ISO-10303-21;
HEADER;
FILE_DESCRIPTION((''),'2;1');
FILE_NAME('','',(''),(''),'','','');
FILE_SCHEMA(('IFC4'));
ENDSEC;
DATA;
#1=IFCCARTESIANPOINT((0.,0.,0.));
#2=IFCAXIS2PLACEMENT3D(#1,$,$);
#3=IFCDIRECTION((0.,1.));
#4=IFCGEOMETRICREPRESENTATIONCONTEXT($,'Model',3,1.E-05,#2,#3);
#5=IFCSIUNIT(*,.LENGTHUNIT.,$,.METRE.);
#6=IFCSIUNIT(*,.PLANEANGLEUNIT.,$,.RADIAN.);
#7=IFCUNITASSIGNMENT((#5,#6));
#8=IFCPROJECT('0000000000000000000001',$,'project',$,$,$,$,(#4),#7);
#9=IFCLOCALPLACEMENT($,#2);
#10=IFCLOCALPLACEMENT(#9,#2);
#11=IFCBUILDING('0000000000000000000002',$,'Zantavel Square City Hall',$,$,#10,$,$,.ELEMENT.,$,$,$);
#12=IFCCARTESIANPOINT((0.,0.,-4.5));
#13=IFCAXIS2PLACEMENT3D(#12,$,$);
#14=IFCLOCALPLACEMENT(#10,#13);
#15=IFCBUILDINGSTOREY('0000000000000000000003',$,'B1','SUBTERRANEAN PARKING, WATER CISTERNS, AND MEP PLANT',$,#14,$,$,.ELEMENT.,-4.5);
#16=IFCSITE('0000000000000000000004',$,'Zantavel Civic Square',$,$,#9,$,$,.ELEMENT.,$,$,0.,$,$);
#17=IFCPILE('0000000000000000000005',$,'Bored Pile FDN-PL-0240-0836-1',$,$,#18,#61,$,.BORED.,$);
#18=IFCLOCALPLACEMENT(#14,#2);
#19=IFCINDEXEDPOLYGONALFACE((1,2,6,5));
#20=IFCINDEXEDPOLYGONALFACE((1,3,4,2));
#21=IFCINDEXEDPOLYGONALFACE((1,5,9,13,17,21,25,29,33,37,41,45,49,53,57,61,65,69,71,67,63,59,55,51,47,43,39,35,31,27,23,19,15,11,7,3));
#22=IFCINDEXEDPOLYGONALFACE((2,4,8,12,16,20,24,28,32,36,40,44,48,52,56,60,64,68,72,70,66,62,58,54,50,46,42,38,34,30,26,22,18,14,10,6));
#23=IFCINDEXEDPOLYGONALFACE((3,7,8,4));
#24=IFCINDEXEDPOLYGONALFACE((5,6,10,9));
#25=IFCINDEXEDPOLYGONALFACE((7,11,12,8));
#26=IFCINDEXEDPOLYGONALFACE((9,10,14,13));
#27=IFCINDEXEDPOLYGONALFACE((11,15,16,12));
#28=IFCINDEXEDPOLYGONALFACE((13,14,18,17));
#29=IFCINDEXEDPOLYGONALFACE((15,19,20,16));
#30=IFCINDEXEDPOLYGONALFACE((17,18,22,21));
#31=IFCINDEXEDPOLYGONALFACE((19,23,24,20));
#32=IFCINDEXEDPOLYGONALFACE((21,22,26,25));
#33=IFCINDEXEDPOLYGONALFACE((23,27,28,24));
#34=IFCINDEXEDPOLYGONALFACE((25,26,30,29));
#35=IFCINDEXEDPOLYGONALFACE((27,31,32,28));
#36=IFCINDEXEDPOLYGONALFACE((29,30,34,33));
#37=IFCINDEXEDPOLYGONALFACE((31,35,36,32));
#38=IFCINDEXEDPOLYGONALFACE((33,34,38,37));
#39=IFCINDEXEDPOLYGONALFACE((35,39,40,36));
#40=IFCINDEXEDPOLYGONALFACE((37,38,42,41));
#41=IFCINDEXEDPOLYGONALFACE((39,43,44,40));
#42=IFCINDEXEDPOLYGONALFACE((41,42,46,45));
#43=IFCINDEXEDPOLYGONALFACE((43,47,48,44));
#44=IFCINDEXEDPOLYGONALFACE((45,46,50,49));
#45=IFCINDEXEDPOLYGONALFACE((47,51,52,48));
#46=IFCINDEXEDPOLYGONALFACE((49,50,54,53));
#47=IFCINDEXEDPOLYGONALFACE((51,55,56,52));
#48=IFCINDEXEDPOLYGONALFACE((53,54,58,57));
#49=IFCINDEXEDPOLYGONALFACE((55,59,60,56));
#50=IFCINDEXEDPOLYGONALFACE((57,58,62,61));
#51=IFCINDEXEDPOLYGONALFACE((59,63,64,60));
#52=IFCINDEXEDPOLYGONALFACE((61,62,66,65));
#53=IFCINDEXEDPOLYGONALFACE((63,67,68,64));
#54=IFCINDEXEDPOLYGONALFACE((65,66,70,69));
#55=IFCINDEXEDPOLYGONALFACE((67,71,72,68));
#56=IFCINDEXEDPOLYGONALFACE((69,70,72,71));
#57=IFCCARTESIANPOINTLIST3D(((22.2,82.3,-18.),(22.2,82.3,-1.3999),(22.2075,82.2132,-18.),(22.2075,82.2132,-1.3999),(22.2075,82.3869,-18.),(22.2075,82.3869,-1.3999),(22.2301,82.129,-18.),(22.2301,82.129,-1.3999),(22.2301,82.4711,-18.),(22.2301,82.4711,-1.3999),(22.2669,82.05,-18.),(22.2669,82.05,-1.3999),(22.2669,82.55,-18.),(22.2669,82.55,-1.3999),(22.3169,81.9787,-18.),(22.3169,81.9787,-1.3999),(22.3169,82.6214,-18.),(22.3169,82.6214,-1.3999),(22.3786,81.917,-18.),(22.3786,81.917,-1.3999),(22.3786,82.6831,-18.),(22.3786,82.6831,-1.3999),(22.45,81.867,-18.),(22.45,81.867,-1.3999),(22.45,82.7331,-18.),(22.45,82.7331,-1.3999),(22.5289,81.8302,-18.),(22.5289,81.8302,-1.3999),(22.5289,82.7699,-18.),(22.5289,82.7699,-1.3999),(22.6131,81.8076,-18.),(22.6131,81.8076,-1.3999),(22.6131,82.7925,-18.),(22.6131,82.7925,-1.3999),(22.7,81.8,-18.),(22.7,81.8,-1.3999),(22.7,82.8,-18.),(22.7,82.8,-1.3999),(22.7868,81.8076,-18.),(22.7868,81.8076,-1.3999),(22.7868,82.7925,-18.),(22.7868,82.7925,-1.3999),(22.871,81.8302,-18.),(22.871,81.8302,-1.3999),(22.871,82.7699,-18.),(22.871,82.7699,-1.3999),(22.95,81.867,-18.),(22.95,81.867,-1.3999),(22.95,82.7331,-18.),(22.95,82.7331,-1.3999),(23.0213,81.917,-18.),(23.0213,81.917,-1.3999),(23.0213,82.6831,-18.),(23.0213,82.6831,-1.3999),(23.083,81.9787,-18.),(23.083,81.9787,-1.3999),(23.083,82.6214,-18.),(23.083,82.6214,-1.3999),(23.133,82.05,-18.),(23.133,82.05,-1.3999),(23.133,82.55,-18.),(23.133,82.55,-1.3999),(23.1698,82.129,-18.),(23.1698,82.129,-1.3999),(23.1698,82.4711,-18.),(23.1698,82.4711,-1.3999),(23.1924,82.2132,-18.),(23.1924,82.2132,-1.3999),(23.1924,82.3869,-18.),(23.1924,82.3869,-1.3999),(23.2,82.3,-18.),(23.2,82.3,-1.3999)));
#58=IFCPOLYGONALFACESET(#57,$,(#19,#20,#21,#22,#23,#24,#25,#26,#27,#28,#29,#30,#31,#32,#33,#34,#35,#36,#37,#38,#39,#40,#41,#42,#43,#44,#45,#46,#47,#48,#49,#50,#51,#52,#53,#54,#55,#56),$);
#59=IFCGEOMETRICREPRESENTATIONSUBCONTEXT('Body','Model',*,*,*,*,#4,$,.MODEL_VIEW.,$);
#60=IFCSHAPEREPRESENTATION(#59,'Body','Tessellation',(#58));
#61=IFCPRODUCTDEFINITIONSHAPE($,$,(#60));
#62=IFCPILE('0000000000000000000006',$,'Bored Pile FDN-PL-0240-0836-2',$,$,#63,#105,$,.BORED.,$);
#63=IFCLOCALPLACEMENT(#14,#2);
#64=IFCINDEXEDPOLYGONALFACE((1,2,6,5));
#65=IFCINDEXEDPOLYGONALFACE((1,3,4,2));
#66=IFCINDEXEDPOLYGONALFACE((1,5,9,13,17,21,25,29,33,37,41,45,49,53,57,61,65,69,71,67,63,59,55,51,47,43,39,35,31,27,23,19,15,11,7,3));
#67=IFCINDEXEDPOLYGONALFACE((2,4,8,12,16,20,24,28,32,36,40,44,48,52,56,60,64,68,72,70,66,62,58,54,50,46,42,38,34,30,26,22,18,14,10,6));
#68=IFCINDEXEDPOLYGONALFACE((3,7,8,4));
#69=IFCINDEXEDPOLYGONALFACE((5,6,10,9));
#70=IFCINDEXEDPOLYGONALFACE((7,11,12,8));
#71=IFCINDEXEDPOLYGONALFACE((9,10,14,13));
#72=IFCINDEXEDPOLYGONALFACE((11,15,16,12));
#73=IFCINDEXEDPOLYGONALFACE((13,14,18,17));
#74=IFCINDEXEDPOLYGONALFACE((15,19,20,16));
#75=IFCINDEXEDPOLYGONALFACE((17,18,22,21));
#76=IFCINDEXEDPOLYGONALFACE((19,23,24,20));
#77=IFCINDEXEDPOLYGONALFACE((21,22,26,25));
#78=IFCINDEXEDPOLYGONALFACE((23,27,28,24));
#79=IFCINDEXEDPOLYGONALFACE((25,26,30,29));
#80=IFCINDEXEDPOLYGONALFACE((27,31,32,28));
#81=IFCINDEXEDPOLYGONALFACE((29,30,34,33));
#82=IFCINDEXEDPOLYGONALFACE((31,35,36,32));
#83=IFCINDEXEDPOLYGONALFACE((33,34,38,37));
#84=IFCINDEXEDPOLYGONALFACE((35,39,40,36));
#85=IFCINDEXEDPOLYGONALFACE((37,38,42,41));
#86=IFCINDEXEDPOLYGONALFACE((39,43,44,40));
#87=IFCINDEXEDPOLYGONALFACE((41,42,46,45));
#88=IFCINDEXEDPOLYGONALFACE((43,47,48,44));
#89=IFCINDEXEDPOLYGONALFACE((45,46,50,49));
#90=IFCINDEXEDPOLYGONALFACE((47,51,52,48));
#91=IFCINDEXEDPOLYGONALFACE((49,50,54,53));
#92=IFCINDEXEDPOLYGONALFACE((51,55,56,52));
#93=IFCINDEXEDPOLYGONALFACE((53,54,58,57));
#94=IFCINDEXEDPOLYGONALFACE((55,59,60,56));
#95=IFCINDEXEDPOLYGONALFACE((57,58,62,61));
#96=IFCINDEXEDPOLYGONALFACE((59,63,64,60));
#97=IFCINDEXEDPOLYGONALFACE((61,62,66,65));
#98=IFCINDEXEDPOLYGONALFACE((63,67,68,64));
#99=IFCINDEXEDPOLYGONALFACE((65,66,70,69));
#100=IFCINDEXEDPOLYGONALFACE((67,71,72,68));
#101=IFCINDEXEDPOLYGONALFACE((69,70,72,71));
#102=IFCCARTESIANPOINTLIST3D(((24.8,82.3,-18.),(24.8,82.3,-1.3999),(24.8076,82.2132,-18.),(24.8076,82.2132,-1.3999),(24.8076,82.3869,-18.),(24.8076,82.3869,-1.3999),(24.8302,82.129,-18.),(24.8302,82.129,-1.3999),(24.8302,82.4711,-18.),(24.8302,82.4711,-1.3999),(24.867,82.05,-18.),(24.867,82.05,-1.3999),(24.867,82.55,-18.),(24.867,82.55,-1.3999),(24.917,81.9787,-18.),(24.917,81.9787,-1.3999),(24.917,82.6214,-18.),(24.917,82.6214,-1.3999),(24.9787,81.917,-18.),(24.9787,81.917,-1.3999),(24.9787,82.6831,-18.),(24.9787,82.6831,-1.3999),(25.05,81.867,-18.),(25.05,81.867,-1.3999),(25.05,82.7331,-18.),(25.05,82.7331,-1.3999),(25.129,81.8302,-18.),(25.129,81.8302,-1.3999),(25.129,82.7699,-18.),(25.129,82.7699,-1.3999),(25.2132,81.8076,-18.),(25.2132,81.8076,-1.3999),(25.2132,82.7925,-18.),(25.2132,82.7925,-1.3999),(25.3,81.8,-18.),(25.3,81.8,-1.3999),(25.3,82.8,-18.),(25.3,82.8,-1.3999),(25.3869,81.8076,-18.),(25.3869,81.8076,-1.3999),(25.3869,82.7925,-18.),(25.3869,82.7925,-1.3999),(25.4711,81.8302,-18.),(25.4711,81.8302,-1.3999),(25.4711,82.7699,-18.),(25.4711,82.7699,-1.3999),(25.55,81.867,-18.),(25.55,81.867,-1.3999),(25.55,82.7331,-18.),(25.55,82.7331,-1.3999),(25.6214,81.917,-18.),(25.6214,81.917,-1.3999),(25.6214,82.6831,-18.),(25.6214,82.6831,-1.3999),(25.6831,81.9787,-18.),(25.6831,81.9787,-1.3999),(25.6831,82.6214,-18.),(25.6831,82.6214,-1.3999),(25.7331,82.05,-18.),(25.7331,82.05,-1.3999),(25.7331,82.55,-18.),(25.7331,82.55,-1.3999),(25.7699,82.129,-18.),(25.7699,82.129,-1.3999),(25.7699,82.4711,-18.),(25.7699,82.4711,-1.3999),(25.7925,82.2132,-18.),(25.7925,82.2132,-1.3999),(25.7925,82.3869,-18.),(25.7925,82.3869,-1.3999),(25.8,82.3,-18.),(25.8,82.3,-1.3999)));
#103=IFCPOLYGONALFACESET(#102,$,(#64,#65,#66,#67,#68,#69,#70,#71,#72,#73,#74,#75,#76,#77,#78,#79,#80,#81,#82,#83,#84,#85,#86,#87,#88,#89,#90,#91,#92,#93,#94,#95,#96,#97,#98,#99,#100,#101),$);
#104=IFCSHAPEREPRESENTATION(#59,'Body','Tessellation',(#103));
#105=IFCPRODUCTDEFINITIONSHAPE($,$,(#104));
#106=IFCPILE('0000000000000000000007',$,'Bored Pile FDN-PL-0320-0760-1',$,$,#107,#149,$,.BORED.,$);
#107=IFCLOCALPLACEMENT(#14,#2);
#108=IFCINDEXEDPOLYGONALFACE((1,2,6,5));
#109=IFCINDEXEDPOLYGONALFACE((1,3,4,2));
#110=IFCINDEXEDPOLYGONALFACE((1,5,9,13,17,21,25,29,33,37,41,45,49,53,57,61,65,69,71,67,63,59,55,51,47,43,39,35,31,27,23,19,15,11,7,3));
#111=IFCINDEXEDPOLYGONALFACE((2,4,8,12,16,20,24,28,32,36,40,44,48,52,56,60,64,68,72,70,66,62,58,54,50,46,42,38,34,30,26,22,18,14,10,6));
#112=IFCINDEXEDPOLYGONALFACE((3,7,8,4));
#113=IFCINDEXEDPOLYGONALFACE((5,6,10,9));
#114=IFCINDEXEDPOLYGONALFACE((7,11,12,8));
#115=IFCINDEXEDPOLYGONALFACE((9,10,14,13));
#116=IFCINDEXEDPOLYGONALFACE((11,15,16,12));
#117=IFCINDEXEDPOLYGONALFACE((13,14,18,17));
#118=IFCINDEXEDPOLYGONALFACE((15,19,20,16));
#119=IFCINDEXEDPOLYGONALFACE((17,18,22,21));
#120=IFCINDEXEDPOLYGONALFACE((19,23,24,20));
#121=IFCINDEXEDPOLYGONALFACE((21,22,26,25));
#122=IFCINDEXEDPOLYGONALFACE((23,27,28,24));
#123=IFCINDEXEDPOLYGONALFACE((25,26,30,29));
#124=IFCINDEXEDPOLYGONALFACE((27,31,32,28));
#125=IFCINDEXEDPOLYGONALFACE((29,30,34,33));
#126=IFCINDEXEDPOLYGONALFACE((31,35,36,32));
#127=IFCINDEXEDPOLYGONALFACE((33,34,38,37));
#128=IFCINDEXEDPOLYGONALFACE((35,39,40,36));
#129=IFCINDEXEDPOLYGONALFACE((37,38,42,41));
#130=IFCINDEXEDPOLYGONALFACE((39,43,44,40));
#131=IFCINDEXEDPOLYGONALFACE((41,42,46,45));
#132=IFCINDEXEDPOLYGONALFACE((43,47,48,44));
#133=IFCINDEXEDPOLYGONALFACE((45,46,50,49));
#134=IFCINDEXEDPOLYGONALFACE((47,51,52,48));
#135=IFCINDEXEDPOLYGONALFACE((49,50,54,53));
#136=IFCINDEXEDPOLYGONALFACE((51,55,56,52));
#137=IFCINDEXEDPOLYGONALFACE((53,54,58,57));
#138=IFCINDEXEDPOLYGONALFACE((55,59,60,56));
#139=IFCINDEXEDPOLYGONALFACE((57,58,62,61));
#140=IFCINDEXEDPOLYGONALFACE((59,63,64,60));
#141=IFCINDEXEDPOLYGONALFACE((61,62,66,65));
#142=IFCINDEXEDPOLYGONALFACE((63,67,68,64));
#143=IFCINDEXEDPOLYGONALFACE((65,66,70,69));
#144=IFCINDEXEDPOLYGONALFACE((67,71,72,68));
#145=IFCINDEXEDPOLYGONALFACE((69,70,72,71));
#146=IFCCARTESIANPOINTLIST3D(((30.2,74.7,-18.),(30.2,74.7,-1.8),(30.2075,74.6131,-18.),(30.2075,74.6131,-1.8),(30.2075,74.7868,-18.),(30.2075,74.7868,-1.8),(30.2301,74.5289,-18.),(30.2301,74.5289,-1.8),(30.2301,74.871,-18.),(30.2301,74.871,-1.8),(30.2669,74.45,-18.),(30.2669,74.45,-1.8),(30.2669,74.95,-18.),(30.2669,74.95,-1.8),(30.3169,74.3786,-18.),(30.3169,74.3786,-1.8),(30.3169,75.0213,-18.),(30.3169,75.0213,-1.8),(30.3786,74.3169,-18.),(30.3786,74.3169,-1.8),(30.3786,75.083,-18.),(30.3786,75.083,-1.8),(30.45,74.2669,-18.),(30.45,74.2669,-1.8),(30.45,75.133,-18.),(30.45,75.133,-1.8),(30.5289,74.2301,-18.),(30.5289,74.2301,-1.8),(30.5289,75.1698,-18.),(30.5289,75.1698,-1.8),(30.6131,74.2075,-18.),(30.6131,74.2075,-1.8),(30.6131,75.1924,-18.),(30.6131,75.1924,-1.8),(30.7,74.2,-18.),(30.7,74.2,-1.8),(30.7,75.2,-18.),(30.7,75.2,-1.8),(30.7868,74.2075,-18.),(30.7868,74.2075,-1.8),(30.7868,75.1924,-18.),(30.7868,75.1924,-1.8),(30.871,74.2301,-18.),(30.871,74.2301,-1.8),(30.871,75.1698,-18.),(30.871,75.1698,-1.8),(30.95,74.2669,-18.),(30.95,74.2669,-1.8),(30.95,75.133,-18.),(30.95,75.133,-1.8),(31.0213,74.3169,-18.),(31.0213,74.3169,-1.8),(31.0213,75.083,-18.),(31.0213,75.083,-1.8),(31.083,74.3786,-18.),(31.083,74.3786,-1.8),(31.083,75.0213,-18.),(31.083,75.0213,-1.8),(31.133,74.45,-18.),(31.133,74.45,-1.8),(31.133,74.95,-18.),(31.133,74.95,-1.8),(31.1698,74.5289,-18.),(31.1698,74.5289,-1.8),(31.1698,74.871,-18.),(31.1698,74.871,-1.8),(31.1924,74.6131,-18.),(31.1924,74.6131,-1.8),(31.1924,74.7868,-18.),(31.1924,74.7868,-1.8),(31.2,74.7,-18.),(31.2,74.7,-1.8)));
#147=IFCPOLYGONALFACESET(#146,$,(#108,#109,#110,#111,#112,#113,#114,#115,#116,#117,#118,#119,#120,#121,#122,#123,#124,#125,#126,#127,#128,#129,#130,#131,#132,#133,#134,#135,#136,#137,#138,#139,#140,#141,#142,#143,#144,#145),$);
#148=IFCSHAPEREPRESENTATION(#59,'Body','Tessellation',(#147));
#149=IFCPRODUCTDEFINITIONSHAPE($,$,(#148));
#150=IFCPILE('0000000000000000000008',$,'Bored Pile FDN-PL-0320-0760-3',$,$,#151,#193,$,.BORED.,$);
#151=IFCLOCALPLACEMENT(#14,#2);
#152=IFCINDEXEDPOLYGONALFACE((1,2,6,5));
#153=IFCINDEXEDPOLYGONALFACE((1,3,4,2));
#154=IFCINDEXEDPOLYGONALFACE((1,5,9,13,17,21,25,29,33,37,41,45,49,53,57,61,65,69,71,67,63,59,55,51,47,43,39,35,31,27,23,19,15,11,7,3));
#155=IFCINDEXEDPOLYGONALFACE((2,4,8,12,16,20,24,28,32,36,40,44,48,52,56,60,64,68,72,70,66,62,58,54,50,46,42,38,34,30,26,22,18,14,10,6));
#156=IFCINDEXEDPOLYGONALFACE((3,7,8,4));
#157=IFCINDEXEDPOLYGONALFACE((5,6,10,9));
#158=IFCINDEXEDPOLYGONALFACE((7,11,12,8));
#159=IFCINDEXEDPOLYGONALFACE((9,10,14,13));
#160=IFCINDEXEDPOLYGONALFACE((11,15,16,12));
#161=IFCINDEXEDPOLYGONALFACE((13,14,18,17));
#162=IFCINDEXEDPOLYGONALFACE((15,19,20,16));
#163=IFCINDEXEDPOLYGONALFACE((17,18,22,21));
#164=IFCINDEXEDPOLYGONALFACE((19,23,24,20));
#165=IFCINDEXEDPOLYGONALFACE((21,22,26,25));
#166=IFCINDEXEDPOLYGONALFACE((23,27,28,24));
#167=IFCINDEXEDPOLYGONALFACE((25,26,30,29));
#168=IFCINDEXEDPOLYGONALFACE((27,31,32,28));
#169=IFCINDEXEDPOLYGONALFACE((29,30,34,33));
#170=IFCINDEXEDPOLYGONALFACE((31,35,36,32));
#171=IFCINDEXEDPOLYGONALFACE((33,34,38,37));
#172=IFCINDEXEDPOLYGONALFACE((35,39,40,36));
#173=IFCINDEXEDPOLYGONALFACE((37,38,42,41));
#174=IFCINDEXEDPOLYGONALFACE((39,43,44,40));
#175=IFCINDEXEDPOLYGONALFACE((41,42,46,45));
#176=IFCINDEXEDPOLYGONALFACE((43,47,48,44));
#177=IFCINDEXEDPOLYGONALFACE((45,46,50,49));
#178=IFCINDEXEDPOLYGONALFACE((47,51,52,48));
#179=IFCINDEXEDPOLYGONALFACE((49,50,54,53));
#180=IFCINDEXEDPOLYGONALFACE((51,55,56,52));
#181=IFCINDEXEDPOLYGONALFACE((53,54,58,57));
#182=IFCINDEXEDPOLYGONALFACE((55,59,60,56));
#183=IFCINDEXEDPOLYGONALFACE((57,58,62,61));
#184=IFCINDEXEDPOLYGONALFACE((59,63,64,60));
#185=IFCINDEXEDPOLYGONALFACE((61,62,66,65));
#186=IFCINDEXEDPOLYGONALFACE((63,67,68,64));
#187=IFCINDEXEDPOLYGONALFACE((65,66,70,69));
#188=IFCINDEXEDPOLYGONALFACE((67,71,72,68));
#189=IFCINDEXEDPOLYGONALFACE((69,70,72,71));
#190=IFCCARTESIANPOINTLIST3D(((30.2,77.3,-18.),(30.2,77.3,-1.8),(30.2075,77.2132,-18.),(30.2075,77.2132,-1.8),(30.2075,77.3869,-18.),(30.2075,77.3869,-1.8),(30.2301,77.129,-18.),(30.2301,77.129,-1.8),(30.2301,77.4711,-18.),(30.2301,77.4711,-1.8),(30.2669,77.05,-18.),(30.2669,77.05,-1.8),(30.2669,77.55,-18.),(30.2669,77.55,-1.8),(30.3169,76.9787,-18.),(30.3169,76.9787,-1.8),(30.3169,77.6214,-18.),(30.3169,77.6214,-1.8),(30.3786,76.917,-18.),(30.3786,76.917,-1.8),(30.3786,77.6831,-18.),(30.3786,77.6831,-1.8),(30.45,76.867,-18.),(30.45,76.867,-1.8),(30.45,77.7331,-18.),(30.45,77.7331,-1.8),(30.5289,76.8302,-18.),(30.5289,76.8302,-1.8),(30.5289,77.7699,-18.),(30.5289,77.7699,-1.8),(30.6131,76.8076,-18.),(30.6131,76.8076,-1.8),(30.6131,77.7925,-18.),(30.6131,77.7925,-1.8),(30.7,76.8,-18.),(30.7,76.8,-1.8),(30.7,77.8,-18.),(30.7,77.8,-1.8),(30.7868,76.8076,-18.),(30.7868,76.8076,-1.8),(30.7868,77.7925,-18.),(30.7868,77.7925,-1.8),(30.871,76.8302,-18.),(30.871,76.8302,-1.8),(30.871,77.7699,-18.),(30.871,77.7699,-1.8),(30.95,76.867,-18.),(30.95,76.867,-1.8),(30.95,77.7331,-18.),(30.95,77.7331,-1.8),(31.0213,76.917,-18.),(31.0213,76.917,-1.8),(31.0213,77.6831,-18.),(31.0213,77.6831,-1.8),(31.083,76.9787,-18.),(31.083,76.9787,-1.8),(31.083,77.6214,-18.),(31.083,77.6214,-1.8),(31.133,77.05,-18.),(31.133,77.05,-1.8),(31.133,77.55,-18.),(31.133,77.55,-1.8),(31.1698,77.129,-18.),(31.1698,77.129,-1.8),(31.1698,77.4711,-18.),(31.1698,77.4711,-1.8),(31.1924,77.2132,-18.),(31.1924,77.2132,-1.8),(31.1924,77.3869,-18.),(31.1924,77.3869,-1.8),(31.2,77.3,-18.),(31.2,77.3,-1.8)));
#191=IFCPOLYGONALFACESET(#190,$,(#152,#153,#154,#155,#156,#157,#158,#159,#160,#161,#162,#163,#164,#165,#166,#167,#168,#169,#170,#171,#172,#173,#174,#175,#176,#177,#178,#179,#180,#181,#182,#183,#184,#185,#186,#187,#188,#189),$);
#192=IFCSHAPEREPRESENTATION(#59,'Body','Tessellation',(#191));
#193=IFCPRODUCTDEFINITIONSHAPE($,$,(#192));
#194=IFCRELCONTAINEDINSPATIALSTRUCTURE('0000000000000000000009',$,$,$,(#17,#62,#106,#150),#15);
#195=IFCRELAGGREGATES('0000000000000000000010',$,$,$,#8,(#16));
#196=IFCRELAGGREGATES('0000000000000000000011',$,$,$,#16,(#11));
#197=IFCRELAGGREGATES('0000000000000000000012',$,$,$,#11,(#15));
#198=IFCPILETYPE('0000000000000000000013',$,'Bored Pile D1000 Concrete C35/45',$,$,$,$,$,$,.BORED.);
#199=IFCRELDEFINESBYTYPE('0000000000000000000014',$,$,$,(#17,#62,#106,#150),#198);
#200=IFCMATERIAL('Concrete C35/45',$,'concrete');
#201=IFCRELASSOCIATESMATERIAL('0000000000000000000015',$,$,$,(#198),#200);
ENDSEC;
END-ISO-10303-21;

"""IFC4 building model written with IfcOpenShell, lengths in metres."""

from ifc_helpers import new_model, si_unit, direction, frame, origin, origin_2d, place, context, subcontext, project, spatial, circle, extrude, material, material_profile, profile_set, type_object, element, save


model = new_model("IFC4")

# Units and contexts
model_context = context("Model", 3, precision=1e-05, world=origin(), true_north=direction((0.0, 1.0)))
body_context = subcontext(model_context, "Body", "Model", "MODEL_VIEW")
ifc_project = project(units=[si_unit("LENGTHUNIT", "METRE"), si_unit("PLANEANGLEUNIT", "RADIAN")], contexts=[model_context])

# Site, building, storey
site_placement = place(None, origin())
site = spatial("IfcSite", under=ifc_project, at=site_placement, Name="Zantavel Civic Square", CompositionType="ELEMENT", RefElevation=0.0)
building_placement = place(site_placement, origin())
building = spatial("IfcBuilding", under=site, at=building_placement, Name="Zantavel Square City Hall", CompositionType="ELEMENT")
storey_placement = place(building_placement, frame((0.0, 0.0, -4.5)))
storey = spatial("IfcBuildingStorey", under=building, at=storey_placement, Name="B1", Description="SUBTERRANEAN PARKING, WATER CISTERNS, AND MEP PLANT", CompositionType="ELEMENT", Elevation=-4.5)

# Piles
ifc_material_1 = material(Name="Concrete C35/45", Category="concrete")
ifc_material_profile_1 = material_profile(ifc_material_1, circle(Radius=0.5, at=origin_2d()), Name="PILE D1000")
ifc_profile_set_1 = profile_set([ifc_material_profile_1], Name="Concrete C35/45")
pile_type = type_object("IfcPileType", Name="Bored Pile D1000 Concrete C35/45", PredefinedType="BORED", material=ifc_profile_set_1)
for number, where, z_axis, x_axis, name in (
    (1, (22.7, 82.3, -1.3999), (0.0, 0.0, -1.0), (1.0, 0.0, 0.0), "Bored Pile FDN-PL-0240-0836-1"),
    (2, (25.3, 82.3, -1.3999), (0.0, 0.0, -1.0), (1.0, 0.0, 0.0), "Bored Pile FDN-PL-0240-0836-2"),
):
    element("IfcPile", number, at=place(storey_placement, frame(where, z_axis=z_axis, x_axis=x_axis)), inside=storey, type_object=pile_type, Name=name, PredefinedType="BORED", context=body_context, shape_type="SweptSolid", body=[
        extrude(circle(Radius=0.5, at=origin_2d()), origin(), (0.0, 0.0, 1.0), 16.6001),
    ])
for number, where, z_axis, x_axis, name in (
    (3, (30.7, 74.7, -1.8), (0.0, 0.0, -1.0), (1.0, 0.0, 0.0), "Bored Pile FDN-PL-0320-0760-1"),
    (4, (30.7, 77.3, -1.8), (0.0, 0.0, -1.0), (1.0, 0.0, 0.0), "Bored Pile FDN-PL-0320-0760-3"),
):
    element("IfcPile", number, at=place(storey_placement, frame(where, z_axis=z_axis, x_axis=x_axis)), inside=storey, type_object=pile_type, Name=name, PredefinedType="BORED", context=body_context, shape_type="SweptSolid", body=[
        extrude(circle(Radius=0.5, at=origin_2d()), origin(), (0.0, 0.0, 1.0), 16.2),
    ])

save(model, "model.ifc")
